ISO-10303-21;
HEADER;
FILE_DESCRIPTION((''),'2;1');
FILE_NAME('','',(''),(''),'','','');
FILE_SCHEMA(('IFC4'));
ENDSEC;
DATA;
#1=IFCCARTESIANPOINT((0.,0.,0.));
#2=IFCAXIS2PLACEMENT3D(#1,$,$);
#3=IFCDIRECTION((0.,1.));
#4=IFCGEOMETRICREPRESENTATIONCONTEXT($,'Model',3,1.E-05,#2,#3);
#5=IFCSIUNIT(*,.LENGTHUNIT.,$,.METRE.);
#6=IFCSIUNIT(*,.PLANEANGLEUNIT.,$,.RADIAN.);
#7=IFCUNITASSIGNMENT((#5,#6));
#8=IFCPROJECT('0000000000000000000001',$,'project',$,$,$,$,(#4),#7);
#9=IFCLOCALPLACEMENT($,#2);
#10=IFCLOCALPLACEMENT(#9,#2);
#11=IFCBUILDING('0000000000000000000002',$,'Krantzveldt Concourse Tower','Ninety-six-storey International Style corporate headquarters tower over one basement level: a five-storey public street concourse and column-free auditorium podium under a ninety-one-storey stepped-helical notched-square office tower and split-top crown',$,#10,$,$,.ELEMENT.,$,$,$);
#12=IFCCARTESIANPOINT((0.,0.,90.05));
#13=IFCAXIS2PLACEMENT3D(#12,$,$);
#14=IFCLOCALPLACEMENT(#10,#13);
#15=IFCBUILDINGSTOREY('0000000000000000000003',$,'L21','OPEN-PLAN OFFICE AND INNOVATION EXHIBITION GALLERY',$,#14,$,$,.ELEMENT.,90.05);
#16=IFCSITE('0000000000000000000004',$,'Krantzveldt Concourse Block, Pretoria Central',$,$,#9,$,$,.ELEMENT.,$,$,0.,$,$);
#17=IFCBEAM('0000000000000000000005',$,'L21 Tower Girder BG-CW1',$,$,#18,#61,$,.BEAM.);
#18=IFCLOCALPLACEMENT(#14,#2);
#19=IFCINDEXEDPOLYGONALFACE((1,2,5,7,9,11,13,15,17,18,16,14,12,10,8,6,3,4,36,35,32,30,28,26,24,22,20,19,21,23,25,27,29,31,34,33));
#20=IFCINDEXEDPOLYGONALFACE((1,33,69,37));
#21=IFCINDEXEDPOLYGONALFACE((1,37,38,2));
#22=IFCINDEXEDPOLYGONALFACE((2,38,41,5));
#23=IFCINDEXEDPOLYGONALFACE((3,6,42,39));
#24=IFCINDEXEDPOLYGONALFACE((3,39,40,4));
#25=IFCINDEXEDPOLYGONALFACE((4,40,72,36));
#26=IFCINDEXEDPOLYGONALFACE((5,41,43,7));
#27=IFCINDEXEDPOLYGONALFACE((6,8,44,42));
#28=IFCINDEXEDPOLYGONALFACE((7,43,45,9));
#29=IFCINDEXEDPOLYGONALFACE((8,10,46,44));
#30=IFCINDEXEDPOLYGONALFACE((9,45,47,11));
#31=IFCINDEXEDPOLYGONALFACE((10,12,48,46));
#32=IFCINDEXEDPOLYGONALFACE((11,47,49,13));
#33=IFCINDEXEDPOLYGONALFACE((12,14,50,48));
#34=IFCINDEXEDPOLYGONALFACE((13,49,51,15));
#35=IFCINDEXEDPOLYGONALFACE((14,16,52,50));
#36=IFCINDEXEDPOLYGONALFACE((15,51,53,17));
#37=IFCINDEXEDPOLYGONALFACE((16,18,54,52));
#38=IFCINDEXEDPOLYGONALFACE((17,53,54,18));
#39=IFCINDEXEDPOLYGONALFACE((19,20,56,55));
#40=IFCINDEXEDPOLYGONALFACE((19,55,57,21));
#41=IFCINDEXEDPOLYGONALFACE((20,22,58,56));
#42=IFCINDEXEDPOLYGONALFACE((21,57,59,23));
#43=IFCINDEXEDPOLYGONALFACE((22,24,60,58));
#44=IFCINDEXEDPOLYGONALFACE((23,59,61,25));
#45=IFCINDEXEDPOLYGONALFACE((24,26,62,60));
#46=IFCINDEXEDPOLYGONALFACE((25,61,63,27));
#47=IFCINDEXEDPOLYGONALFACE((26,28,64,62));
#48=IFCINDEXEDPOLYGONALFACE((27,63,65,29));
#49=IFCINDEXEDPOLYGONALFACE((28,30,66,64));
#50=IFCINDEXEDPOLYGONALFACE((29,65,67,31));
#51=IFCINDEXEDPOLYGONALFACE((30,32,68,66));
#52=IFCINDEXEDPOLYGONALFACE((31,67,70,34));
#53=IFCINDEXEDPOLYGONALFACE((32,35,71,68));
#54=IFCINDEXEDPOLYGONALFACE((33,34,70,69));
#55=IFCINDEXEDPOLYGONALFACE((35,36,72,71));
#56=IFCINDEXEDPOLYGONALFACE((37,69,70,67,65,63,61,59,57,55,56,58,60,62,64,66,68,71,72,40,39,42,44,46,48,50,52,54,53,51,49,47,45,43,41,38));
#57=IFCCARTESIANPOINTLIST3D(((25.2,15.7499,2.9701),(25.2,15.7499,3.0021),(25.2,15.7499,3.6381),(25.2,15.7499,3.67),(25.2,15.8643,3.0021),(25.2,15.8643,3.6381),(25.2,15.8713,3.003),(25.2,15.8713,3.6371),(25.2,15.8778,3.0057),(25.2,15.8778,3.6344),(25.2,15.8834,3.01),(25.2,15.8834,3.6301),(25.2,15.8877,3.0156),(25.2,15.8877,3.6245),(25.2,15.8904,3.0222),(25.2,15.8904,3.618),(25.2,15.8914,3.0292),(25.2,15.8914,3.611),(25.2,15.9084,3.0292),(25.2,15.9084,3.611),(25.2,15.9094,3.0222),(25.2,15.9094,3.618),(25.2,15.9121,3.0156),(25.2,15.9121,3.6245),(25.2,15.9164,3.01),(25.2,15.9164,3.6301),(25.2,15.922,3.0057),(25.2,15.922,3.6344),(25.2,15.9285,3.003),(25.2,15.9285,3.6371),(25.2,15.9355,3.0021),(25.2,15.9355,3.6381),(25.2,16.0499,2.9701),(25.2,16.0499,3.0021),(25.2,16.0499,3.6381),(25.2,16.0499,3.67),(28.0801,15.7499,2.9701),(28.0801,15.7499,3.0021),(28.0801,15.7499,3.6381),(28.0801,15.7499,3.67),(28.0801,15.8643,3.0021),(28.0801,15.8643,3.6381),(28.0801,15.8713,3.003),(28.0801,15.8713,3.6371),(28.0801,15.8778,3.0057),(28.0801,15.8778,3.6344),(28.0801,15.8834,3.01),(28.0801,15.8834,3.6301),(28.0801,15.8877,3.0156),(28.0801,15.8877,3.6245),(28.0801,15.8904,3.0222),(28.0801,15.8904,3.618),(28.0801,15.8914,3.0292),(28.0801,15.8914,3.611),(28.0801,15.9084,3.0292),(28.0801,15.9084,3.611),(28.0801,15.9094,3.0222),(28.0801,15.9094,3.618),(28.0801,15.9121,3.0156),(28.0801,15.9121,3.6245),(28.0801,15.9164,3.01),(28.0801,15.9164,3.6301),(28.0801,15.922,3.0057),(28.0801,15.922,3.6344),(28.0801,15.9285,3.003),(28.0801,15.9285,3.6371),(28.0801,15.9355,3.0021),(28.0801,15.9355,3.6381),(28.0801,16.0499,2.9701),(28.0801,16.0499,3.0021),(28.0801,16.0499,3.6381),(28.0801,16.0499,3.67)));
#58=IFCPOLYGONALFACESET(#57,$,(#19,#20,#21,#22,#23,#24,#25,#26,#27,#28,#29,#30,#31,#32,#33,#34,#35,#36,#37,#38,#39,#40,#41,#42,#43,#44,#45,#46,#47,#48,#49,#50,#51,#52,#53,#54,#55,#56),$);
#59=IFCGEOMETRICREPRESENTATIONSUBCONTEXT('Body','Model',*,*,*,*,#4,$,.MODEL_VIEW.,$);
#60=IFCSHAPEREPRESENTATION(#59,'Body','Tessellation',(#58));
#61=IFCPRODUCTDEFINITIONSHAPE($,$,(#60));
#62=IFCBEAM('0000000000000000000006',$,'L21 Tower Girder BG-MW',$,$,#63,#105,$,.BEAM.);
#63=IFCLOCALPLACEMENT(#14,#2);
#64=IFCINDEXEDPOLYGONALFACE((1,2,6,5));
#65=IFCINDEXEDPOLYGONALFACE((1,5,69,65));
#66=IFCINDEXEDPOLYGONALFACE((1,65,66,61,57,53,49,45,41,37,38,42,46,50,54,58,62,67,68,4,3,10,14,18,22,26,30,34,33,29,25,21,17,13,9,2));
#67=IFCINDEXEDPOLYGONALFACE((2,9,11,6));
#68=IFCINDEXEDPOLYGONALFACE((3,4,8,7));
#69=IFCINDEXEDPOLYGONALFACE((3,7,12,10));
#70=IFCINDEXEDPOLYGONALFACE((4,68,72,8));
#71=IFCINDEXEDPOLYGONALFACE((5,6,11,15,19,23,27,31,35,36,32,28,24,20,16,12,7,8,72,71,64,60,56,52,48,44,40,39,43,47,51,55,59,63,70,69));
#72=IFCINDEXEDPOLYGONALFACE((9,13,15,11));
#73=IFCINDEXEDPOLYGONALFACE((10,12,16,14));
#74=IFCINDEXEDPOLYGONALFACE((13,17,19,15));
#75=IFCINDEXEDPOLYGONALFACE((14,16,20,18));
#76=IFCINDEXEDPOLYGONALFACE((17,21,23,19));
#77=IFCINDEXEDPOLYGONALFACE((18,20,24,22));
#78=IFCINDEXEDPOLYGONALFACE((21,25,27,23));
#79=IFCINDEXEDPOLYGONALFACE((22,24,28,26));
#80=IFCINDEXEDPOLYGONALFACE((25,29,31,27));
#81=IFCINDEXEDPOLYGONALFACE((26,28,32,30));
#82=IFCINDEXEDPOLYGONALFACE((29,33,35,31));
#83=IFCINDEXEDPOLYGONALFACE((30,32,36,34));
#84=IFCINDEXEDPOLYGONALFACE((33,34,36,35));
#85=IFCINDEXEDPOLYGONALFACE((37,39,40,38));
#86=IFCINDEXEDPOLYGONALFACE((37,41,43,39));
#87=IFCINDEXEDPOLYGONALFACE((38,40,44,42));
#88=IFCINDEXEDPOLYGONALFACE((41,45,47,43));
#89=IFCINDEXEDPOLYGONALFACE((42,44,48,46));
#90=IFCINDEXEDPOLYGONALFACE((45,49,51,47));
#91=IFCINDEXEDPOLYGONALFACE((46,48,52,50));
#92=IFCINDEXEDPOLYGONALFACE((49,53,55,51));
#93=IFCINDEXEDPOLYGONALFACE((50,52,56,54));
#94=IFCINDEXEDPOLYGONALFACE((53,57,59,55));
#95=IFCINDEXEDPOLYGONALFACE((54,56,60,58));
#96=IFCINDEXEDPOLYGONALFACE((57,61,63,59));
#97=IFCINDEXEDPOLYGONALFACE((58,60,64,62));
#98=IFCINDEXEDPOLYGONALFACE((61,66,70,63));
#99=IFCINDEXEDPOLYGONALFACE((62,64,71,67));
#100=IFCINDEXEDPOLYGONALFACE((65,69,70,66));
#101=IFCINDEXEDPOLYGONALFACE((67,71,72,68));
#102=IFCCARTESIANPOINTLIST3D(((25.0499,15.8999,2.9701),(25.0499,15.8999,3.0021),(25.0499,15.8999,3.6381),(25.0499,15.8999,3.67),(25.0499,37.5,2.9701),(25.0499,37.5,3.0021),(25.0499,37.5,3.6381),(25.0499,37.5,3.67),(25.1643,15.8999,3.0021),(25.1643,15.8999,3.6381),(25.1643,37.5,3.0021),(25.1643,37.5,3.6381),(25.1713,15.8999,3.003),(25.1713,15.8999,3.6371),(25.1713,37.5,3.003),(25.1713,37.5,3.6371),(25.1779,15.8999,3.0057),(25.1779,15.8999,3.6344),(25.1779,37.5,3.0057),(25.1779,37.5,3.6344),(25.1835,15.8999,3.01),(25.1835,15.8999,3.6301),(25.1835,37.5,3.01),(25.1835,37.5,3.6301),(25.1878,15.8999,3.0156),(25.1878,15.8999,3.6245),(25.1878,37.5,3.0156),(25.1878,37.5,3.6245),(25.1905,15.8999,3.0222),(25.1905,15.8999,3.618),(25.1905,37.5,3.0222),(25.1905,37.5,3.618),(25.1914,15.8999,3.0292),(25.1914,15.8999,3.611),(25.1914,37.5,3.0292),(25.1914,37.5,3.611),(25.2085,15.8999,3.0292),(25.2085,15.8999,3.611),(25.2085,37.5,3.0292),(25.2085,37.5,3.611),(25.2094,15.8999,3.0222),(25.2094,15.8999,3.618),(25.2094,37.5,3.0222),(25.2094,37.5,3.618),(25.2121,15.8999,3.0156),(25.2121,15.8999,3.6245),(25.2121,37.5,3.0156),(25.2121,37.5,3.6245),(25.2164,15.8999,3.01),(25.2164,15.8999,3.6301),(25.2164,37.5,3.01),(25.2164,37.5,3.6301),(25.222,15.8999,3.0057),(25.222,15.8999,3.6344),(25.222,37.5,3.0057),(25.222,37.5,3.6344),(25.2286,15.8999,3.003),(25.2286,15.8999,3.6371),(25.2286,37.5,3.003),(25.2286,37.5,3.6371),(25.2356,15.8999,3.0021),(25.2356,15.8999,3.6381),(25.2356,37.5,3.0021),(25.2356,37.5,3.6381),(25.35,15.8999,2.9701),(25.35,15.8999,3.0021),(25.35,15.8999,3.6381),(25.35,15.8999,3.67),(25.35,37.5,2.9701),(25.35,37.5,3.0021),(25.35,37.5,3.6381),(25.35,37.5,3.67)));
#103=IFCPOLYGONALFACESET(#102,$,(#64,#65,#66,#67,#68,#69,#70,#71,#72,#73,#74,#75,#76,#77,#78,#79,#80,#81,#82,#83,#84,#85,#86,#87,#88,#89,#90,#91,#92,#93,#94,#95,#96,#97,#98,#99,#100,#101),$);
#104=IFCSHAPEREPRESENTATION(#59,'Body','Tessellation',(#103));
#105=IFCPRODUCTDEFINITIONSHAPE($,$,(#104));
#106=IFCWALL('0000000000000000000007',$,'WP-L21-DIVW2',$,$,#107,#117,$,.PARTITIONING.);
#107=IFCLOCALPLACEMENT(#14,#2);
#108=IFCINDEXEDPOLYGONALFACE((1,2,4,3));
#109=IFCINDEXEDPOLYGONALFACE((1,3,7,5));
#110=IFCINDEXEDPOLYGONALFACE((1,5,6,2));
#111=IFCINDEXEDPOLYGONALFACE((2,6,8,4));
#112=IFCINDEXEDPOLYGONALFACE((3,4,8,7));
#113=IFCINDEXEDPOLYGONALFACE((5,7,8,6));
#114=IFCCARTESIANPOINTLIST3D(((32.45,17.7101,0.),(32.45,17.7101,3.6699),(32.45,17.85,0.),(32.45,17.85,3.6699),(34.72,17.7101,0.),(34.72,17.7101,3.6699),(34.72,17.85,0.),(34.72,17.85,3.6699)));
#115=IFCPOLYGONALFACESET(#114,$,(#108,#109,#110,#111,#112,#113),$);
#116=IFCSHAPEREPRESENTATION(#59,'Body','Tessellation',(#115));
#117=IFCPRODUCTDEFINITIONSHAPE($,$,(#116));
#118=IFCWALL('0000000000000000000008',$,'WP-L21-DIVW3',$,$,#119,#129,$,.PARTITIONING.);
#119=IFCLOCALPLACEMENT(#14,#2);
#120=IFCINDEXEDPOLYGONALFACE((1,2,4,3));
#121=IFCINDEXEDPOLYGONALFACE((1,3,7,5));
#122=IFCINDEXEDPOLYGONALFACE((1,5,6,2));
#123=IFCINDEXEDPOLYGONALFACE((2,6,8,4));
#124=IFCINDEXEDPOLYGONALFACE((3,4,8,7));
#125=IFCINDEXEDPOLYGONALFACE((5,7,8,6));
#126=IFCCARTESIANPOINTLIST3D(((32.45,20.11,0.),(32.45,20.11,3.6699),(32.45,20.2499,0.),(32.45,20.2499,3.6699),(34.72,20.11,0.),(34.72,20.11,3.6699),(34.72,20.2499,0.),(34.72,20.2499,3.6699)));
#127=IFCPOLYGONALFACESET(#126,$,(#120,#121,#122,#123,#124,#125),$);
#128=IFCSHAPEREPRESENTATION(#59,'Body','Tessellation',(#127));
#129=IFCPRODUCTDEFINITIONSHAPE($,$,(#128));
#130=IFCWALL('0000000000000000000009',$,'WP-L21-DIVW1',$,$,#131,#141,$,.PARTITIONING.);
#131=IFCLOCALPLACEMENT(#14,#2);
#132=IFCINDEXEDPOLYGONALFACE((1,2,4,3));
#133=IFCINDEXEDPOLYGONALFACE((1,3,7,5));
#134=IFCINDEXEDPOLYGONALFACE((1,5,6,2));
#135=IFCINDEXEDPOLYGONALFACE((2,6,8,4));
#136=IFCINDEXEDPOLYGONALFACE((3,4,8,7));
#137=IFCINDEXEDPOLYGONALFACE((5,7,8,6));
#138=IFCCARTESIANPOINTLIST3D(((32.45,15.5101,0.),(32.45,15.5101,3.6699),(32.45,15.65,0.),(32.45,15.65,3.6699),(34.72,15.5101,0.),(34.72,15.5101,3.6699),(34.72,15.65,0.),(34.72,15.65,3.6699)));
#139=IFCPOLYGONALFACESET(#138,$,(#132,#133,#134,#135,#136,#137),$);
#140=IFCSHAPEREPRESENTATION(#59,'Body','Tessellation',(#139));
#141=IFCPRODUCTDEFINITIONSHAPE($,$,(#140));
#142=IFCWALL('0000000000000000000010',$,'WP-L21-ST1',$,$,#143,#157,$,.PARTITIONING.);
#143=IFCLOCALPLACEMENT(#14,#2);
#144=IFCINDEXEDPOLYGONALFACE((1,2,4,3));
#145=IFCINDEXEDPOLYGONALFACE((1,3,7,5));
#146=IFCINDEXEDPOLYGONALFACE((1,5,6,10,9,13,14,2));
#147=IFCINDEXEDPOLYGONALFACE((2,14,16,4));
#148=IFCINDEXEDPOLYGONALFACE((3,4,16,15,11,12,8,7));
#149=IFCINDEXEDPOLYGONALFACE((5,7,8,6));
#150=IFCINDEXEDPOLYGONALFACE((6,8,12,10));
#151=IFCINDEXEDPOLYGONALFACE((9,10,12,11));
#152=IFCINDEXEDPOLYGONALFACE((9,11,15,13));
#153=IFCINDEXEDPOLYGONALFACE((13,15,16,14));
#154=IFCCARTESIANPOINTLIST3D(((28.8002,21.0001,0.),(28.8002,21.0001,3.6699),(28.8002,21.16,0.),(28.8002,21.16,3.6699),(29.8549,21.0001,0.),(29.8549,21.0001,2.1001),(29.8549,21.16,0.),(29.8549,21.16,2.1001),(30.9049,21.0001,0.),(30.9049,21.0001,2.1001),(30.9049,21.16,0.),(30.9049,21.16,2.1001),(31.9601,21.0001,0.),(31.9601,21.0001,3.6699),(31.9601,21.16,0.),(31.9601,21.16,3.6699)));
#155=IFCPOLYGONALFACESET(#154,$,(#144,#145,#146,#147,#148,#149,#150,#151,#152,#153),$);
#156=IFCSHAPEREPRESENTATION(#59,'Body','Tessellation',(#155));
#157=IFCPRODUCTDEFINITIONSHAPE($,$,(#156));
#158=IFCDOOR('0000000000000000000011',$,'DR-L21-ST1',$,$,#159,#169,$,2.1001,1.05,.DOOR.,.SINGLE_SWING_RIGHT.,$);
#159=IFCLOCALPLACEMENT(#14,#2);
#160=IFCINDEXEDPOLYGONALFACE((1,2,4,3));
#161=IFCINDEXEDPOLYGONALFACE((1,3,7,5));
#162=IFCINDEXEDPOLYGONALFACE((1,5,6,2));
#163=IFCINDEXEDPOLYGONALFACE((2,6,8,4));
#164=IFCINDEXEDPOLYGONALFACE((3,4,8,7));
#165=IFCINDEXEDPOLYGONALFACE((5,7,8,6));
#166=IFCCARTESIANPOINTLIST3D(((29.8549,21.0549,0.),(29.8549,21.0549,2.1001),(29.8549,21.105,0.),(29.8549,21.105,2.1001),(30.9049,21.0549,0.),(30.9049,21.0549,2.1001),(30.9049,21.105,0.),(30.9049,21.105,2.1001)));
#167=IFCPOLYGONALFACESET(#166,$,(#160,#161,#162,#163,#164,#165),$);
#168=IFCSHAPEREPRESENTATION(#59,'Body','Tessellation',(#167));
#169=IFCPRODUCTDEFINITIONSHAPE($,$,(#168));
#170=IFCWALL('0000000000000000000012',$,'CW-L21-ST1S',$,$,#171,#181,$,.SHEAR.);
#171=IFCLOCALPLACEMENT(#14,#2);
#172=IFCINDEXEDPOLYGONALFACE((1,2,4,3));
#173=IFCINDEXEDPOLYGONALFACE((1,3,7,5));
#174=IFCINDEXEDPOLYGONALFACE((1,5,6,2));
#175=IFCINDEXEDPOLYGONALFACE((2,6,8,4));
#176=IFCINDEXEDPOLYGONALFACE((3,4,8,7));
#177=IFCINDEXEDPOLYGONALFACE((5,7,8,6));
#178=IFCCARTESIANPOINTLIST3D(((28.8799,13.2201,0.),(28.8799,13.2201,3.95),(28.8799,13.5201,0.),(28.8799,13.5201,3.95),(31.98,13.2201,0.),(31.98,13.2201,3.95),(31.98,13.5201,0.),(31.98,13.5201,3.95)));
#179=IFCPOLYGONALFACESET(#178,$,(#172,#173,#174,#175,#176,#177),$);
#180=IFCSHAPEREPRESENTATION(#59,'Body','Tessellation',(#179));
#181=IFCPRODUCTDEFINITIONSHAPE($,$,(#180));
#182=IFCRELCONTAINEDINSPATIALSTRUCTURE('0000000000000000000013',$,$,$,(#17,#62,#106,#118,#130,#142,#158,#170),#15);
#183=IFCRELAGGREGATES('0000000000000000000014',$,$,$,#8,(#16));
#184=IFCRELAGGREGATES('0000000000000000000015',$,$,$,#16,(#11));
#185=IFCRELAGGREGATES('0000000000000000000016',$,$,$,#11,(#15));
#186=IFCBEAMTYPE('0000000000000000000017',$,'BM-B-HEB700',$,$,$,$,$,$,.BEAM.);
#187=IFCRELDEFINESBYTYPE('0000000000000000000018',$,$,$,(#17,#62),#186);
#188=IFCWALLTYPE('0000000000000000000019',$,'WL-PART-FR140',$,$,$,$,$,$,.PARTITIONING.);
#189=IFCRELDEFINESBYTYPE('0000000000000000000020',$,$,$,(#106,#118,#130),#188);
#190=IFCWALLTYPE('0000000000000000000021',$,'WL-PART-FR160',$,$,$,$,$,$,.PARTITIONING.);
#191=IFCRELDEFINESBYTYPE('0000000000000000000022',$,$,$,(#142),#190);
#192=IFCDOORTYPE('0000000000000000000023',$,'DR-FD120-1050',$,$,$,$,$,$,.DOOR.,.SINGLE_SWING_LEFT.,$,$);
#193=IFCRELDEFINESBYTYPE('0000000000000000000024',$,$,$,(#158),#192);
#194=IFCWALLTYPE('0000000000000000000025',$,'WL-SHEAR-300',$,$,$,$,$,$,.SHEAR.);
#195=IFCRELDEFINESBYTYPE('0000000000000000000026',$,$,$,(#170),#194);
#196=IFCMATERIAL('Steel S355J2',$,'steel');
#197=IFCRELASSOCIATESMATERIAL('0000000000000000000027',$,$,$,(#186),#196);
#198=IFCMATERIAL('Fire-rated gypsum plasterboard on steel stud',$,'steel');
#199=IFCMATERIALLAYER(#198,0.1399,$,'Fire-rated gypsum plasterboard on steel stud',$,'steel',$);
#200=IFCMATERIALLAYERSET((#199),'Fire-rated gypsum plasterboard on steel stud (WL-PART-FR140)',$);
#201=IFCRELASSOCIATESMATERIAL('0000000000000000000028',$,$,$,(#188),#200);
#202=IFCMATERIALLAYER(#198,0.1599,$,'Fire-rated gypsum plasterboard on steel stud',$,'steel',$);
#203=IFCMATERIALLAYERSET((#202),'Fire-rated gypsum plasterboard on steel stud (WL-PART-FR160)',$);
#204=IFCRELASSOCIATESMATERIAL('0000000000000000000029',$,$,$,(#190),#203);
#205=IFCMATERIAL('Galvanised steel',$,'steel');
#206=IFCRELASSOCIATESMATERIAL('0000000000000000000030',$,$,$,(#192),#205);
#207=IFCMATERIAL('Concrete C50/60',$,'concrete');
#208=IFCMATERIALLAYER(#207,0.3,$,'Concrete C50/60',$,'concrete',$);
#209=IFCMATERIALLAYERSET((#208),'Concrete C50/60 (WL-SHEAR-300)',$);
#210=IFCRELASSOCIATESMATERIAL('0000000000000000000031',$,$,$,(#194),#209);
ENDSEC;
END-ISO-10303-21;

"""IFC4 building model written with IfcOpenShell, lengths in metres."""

from ifc_helpers import new_model, si_unit, direction, frame, frame_2d, origin, origin_2d, place, context, subcontext, project, spatial, rectangle, i_section, extrude, source, transform, mapped, material, layer, layer_set, material_profile, profile_set, type_object, type_shapes, element, fill, save


model = new_model("IFC4")

# Units and contexts
model_context = context("Model", 3, precision=1e-05, world=origin(), true_north=direction((0.0, 1.0)))
body_context = subcontext(model_context, "Body", "Model", "MODEL_VIEW")
ifc_project = project(units=[si_unit("LENGTHUNIT", "METRE"), si_unit("PLANEANGLEUNIT", "RADIAN")], contexts=[model_context])

# Site, building, storey
site_placement = place(None, origin())
site = spatial("IfcSite", under=ifc_project, at=site_placement, Name="Krantzveldt Concourse Block, Pretoria Central", CompositionType="ELEMENT", RefElevation=0.0)
building_placement = place(site_placement, origin())
building = spatial("IfcBuilding", under=site, at=building_placement, Name="Krantzveldt Concourse Tower", Description="Ninety-six-storey International Style corporate headquarters tower over one basement level: a five-storey public street concourse and column-free auditorium podium under a ninety-one-storey stepped-helical notched-square office tower and split-top crown", CompositionType="ELEMENT")
storey_placement = place(building_placement, frame((0.0, 0.0, 90.05)))
storey = spatial("IfcBuildingStorey", under=building, at=storey_placement, Name="L21", Description="OPEN-PLAN OFFICE AND INNOVATION EXHIBITION GALLERY", CompositionType="ELEMENT", Elevation=90.05)

# Beams
ifc_material_1 = material(Name="Steel S355J2", Category="steel")
ifc_material_profile = material_profile(ifc_material_1, i_section(OverallWidth=0.3, OverallDepth=0.7, WebThickness=0.0171, FlangeThickness=0.032, FilletRadius=0.0271, at=origin_2d()), Name="Steel S355J2", Category="steel")
ifc_profile_set = profile_set([ifc_material_profile], Name="Steel S355J2 - HEB 700")
beam_type = type_object("IfcBeamType", Name="BM-B-HEB700", PredefinedType="BEAM", material=ifc_profile_set)
shared_shape_1 = source(origin(), body_context, "Body", "SweptSolid", [
    extrude(i_section(OverallWidth=0.3, OverallDepth=0.7, WebThickness=0.0171, FlangeThickness=0.032, FilletRadius=0.0271, at=origin_2d()), origin(), (0.0, 0.0, 1.0), 2.8801),
])
beam_1_placement = place(storey_placement, frame((25.2, 15.8999, 3.3201), z_axis=(1.0, 0.0, 0.0), x_axis=(0.0, 1.0, 0.0)))
element("IfcBeam", 1, at=beam_1_placement, inside=storey, type_object=beam_type, Name="L21 Tower Girder BG-CW1", PredefinedType="BEAM", context=body_context, shape_type="MappedRepresentation", body=[
    mapped(shared_shape_1, transform((0.0, 0.0, 0.0), x_axis=(1.0, 0.0, 0.0), y_axis=(0.0, 1.0, 0.0), z_axis=(0.0, 0.0, 1.0), scale=1.0)),
])
shared_shape_2 = source(origin(), body_context, "Body", "SweptSolid", [
    extrude(i_section(OverallWidth=0.3, OverallDepth=0.7, WebThickness=0.0171, FlangeThickness=0.032, FilletRadius=0.0271, at=origin_2d()), origin(), (0.0, 0.0, 1.0), 21.6001),
])
type_shapes(beam_type, [shared_shape_1, shared_shape_2])
beam_2_placement = place(storey_placement, frame((25.2, 15.8999, 3.3201), z_axis=(0.0, 1.0, 0.0), x_axis=(-1.0, 0.0, 0.0)))
element("IfcBeam", 2, at=beam_2_placement, inside=storey, type_object=beam_type, Name="L21 Tower Girder BG-MW", PredefinedType="BEAM", context=body_context, shape_type="MappedRepresentation", body=[
    mapped(shared_shape_2, transform((0.0, 0.0, 0.0), x_axis=(1.0, 0.0, 0.0), y_axis=(0.0, 1.0, 0.0), z_axis=(0.0, 0.0, 1.0), scale=1.0)),
])

# Walls
ifc_material_2 = material(Name="Fire-rated gypsum plasterboard on steel stud", Category="steel")
ifc_layer_1 = layer(ifc_material_2, 0.1399, Name="Fire-rated gypsum plasterboard on steel stud", Category="steel")
ifc_layer_set_1 = layer_set([ifc_layer_1], Name="Fire-rated gypsum plasterboard on steel stud (WL-PART-FR140)")
wall_type_1 = type_object("IfcWallType", Name="WL-PART-FR140", PredefinedType="PARTITIONING", material=ifc_layer_set_1)
for number, where, z_axis, x_axis, name in (
    (3, (32.45, 17.78, 0.0), (0.0, 0.0, 1.0), (1.0, 0.0, 0.0), "WP-L21-DIVW2"),
    (4, (32.45, 20.1799, 0.0), (0.0, 0.0, 1.0), (1.0, 0.0, 0.0), "WP-L21-DIVW3"),
    (5, (32.45, 15.5801, 0.0), (0.0, 0.0, 1.0), (1.0, 0.0, 0.0), "WP-L21-DIVW1"),
):
    element("IfcWall", number, at=place(storey_placement, frame(where, z_axis=z_axis, x_axis=x_axis)), inside=storey, type_object=wall_type_1, Name=name, PredefinedType="PARTITIONING", context=body_context, shape_type="SweptSolid", body=[
        extrude(rectangle(XDim=2.27, YDim=0.1399, at=frame_2d((1.135, 0.0))), origin(), (0.0, 0.0, 1.0), 3.6699),
    ])

# Wall, opening, door
ifc_layer_2 = layer(ifc_material_2, 0.1599, Name="Fire-rated gypsum plasterboard on steel stud", Category="steel")
ifc_layer_set_2 = layer_set([ifc_layer_2], Name="Fire-rated gypsum plasterboard on steel stud (WL-PART-FR160)")
wall_type_2 = type_object("IfcWallType", Name="WL-PART-FR160", PredefinedType="PARTITIONING", material=ifc_layer_set_2)
wall_1_placement = place(storey_placement, frame((28.8, 21.0801, 0.0), z_axis=(0.0, 0.0, 1.0), x_axis=(1.0, 0.0, 0.0)))
wall_1 = element("IfcWall", 6, at=wall_1_placement, inside=storey, type_object=wall_type_2, Name="WP-L21-ST1", PredefinedType="PARTITIONING", context=body_context, shape_type="SweptSolid", body=[
    extrude(rectangle(XDim=3.1599, YDim=0.1599, at=frame_2d((1.5801, 0.0))), origin(), (0.0, 0.0, 1.0), 3.6699),
])
opening_placement = place(wall_1_placement, frame((1.0549, 0.0, 0.0)))
opening = element("IfcOpeningElement", 7, at=opening_placement, cuts=wall_1, PredefinedType="OPENING", context=body_context, shape_type="SweptSolid", body=[
    extrude(rectangle(XDim=1.05, YDim=2.1001, at=frame_2d((0.5249, 1.05))), frame((0.0, 0.0898, 0.0), z_axis=(0.0, -1.0, 0.0), x_axis=(1.0, 0.0, 0.0)), (0.0, 0.0, 1.0), 0.1799),
])
ifc_material_3 = material(Name="Galvanised steel", Category="steel")
door_type = type_object("IfcDoorType", Name="DR-FD120-1050", OperationType="SINGLE_SWING_LEFT", PredefinedType="DOOR", material=ifc_material_3)
door_placement = place(opening_placement, origin())
door = element("IfcDoor", 8, at=door_placement, inside=storey, type_object=door_type, Name="DR-L21-ST1", OperationType="SINGLE_SWING_RIGHT", OverallHeight=2.1001, OverallWidth=1.05, PredefinedType="DOOR", context=body_context, shape_type="SweptSolid", body=[
    extrude(rectangle(XDim=1.05, YDim=2.1001, at=frame_2d((0.5249, 1.05))), frame((0.0, 0.0249, 0.0), z_axis=(0.0, -1.0, 0.0), x_axis=(1.0, 0.0, 0.0)), (0.0, 0.0, 1.0), 0.05),
])
fill(opening, door)

# Wall
ifc_material_4 = material(Name="Concrete C50/60", Category="concrete")
ifc_layer_3 = layer(ifc_material_4, 0.3, Name="Concrete C50/60", Category="concrete")
ifc_layer_set_3 = layer_set([ifc_layer_3], Name="Concrete C50/60 (WL-SHEAR-300)")
wall_type_3 = type_object("IfcWallType", Name="WL-SHEAR-300", PredefinedType="SHEAR", material=ifc_layer_set_3)
wall_2_placement = place(storey_placement, frame((28.8799, 13.3701, 0.0), z_axis=(0.0, 0.0, 1.0), x_axis=(1.0, 0.0, 0.0)))
element("IfcWall", 9, at=wall_2_placement, inside=storey, type_object=wall_type_3, Name="CW-L21-ST1S", PredefinedType="SHEAR", context=body_context, shape_type="SweptSolid", body=[
    extrude(rectangle(XDim=3.1001, YDim=0.3, at=frame_2d((1.55, 0.0))), origin(), (0.0, 0.0, 1.0), 3.95),
])

save(model, "model.ifc")
